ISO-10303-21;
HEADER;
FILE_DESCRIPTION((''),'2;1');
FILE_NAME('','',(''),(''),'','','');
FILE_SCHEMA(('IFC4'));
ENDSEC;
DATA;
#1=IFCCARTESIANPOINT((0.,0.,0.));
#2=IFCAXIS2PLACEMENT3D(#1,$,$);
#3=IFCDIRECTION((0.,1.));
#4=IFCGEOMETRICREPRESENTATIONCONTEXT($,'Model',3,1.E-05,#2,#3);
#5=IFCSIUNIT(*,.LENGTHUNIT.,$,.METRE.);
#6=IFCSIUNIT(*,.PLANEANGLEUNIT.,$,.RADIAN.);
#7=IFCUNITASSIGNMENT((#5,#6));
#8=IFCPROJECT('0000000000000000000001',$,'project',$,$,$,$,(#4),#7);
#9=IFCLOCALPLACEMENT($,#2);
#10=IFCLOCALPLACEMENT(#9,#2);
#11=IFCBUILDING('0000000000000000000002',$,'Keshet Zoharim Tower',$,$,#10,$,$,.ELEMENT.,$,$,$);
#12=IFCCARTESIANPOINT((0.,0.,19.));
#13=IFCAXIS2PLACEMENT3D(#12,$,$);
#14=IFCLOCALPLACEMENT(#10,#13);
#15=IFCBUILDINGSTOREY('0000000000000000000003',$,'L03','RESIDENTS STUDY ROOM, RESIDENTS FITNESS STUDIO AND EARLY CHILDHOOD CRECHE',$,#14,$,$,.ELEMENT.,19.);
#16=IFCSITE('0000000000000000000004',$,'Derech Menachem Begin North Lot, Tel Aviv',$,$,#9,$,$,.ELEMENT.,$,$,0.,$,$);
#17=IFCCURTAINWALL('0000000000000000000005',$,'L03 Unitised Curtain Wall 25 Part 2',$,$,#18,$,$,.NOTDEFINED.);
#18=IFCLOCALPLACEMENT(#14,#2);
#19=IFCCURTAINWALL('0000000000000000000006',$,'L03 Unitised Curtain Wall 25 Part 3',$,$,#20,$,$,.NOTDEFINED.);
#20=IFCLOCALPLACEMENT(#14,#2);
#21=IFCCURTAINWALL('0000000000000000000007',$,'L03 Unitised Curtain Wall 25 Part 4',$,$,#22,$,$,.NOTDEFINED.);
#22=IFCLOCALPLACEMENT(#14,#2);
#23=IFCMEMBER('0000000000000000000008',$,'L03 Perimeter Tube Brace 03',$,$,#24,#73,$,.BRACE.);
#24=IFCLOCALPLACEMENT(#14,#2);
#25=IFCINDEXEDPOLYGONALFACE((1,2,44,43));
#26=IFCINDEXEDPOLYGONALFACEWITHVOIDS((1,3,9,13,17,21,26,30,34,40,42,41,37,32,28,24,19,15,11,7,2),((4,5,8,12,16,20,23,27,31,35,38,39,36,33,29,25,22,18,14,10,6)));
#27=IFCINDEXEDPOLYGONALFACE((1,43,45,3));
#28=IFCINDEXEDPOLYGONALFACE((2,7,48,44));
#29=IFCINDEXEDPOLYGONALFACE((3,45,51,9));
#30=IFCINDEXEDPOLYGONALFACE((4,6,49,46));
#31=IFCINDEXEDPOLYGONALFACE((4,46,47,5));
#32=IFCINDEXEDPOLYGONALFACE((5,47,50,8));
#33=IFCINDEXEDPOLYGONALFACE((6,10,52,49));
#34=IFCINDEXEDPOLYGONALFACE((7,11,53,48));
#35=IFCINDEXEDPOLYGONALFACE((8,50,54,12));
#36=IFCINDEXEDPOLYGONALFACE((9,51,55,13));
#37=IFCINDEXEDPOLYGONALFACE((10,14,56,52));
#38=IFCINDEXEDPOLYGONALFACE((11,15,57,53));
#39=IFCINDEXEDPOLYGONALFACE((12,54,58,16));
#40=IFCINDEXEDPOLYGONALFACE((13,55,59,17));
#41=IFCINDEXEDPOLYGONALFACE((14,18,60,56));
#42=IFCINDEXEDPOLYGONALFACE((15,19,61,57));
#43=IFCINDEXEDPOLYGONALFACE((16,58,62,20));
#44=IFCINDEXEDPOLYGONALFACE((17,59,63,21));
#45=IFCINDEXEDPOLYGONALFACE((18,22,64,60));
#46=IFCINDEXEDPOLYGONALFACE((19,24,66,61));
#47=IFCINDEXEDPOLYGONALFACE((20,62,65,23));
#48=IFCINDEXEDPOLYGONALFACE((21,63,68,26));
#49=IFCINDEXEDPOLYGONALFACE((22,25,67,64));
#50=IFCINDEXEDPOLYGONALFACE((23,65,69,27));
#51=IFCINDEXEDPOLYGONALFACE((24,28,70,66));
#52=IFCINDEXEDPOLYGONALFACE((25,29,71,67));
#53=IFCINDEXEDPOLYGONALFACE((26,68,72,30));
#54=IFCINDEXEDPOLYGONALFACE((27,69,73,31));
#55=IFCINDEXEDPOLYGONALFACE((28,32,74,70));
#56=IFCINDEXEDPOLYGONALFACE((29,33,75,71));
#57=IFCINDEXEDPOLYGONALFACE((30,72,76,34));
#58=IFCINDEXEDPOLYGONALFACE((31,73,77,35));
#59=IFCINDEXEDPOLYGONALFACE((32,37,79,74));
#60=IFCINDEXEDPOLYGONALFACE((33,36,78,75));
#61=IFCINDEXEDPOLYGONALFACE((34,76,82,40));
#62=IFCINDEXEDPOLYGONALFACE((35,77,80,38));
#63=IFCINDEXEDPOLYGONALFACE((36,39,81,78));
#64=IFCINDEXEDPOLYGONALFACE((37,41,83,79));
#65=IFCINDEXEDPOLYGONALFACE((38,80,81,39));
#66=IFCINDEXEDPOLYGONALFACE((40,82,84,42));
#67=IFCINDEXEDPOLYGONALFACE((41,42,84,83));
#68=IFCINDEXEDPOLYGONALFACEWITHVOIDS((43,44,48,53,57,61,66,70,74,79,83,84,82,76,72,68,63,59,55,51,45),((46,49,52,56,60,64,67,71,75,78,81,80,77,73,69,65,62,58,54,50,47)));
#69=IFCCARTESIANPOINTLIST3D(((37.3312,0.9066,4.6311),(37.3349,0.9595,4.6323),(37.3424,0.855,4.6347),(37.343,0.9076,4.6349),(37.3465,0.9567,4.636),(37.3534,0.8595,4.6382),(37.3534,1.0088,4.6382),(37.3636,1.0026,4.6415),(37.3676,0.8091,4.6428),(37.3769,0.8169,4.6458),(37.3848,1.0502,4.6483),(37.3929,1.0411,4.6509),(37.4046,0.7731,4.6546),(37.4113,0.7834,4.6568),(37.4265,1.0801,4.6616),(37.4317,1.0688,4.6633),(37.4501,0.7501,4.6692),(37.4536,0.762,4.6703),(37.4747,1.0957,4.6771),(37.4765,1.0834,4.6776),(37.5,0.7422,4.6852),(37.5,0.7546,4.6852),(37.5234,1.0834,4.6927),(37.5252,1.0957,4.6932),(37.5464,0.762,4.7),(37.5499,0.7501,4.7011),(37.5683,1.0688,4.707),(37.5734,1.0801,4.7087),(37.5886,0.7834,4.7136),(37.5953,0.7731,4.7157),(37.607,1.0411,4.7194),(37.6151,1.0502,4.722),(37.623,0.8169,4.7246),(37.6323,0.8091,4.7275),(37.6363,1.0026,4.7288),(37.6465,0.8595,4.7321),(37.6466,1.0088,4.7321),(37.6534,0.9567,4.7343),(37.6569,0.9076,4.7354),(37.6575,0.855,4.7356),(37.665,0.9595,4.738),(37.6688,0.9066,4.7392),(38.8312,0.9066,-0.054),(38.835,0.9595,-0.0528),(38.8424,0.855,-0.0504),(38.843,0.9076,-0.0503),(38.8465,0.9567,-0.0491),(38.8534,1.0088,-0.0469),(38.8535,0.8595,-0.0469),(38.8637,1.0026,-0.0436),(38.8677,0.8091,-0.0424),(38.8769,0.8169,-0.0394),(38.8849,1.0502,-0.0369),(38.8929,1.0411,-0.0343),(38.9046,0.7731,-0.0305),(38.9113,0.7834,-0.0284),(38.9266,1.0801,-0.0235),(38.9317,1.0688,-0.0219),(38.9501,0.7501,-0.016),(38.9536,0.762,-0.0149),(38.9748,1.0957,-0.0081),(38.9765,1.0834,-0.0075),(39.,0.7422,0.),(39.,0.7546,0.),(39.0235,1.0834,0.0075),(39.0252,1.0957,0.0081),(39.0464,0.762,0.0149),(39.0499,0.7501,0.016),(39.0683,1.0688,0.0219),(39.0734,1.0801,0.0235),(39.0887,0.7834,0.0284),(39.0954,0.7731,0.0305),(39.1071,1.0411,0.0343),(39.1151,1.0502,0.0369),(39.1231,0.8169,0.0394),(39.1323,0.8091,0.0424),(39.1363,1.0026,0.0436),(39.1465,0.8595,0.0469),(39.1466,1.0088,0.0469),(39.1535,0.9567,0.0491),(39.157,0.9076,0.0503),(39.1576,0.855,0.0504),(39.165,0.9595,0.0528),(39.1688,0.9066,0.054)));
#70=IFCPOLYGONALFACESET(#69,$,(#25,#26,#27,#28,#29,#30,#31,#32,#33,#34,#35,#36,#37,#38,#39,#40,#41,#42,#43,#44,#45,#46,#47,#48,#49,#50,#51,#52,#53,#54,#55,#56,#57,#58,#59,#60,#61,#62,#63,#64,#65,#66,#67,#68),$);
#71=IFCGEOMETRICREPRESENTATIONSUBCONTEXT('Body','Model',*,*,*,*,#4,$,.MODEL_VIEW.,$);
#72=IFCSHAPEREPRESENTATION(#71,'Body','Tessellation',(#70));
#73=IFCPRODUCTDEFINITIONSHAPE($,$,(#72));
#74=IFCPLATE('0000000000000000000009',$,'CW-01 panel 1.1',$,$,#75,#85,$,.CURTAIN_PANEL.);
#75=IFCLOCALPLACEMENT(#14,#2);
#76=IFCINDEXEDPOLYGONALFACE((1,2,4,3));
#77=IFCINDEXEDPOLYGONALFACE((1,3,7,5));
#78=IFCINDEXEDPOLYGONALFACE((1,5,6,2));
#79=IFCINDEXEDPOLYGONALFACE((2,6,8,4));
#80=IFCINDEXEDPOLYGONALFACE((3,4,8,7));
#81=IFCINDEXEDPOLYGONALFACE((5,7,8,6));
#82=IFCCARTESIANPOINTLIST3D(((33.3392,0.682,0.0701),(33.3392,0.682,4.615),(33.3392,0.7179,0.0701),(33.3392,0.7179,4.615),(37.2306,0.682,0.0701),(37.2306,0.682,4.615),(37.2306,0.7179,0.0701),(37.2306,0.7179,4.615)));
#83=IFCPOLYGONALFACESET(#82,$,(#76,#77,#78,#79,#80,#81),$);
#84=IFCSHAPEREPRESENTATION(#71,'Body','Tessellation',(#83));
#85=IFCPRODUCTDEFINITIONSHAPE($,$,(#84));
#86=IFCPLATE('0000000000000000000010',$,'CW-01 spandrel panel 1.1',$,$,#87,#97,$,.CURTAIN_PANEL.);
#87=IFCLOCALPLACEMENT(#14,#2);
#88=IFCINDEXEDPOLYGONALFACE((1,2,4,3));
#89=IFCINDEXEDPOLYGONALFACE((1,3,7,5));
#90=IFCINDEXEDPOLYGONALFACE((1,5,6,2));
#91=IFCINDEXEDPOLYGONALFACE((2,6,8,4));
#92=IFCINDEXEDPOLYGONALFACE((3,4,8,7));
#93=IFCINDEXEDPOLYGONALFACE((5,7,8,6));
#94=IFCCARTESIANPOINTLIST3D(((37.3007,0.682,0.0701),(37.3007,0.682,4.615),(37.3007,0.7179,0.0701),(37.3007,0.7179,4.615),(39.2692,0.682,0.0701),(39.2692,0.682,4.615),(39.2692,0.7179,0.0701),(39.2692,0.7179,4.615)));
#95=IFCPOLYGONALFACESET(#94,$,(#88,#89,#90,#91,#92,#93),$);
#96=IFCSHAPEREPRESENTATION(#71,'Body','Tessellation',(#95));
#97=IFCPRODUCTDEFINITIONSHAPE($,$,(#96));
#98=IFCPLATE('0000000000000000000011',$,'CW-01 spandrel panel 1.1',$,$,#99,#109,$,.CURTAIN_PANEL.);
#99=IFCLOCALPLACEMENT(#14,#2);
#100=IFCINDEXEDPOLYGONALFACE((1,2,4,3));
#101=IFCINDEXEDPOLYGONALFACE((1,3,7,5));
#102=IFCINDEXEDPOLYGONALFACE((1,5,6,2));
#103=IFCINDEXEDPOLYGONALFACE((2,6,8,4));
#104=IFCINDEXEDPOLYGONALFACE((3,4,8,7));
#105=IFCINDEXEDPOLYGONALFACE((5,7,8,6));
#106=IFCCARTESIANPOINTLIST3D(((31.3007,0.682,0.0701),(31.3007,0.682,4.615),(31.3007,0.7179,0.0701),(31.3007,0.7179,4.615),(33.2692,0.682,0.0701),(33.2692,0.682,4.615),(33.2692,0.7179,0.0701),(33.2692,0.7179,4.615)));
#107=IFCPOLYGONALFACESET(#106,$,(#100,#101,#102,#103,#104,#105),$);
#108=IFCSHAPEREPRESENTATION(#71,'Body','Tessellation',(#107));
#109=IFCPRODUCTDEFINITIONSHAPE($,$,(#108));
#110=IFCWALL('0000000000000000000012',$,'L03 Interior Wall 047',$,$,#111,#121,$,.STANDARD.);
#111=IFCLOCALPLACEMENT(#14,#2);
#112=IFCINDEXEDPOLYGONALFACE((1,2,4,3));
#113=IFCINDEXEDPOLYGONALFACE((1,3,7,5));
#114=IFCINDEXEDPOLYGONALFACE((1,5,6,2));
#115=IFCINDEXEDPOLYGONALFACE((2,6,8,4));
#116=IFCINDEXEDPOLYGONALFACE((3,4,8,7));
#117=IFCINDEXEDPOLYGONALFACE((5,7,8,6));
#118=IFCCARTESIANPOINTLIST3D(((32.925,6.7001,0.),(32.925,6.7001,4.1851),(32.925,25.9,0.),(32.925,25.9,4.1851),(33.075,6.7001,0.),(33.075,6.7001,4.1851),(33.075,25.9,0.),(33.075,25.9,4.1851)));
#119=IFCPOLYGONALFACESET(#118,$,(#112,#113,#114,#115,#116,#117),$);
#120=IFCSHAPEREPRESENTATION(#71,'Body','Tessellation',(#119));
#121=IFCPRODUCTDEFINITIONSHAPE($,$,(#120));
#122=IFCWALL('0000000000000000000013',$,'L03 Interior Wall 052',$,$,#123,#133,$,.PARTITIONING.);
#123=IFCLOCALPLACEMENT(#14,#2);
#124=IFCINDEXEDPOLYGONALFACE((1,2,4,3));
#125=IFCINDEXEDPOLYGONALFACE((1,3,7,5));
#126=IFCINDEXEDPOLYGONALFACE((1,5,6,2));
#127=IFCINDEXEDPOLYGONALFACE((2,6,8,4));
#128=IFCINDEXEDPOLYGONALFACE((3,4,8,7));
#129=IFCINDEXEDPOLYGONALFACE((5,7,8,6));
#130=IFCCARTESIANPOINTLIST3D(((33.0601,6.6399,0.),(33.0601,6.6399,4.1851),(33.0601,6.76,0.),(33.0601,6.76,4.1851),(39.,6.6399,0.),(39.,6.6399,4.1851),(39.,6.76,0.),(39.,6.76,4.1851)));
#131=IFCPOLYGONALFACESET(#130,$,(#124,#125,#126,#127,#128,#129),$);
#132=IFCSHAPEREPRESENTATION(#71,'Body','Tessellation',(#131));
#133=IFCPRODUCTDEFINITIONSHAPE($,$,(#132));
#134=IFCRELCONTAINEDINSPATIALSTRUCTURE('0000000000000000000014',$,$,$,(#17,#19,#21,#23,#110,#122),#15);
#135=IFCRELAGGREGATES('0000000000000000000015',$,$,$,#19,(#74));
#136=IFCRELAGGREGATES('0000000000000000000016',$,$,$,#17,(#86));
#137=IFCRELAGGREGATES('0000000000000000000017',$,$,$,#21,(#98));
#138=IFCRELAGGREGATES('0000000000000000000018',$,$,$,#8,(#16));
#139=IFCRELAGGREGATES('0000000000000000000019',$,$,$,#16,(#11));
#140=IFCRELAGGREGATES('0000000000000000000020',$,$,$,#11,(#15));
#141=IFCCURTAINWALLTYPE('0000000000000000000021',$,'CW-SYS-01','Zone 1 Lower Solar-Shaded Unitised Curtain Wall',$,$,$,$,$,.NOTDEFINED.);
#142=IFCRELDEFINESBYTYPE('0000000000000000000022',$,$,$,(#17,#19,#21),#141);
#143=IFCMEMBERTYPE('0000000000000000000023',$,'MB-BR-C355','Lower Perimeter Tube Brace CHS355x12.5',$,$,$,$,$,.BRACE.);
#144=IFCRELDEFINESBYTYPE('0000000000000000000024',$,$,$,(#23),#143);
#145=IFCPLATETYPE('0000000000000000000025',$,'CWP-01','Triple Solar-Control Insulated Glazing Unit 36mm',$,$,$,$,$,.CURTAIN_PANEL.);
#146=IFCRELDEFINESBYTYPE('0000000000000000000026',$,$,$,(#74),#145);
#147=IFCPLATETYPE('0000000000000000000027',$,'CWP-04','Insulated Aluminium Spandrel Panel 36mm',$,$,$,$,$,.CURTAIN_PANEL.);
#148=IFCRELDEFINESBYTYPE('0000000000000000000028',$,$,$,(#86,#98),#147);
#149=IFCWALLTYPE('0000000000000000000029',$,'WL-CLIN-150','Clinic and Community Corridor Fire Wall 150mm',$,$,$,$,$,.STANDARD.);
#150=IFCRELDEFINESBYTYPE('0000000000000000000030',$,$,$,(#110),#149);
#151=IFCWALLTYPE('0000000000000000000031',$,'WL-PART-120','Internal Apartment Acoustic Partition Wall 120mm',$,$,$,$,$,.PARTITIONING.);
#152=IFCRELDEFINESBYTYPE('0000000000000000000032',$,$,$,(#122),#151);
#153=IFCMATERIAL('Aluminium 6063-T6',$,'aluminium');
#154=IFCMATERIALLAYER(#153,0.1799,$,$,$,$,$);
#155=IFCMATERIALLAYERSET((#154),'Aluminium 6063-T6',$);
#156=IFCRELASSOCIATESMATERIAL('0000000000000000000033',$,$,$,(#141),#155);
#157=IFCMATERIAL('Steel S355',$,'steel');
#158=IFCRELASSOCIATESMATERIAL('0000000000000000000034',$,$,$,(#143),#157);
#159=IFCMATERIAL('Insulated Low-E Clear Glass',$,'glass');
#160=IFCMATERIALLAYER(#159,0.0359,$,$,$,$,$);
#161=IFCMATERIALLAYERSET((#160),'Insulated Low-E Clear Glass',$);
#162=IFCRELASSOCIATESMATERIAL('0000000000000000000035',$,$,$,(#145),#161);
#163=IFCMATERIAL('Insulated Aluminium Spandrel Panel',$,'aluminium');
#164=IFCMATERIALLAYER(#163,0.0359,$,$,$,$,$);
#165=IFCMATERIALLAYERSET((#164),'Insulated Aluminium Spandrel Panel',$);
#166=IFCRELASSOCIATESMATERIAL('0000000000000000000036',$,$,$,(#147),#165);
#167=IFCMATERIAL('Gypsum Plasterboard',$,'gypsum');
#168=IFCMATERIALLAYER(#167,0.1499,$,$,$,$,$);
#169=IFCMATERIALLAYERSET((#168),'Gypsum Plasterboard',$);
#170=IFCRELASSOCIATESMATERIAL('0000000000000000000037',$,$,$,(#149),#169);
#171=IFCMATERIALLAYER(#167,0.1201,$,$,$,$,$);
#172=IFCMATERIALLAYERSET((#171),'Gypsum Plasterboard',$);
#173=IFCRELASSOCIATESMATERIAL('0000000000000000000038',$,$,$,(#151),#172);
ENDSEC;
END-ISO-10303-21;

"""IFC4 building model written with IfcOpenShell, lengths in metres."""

from ifc_helpers import new_model, si_unit, direction, frame, frame_2d, origin, origin_2d, place, context, subcontext, project, spatial, rectangle, hollow_circle, extrude, material, layer, layer_set, material_profile, profile_set, type_object, element, aggregate, save


model = new_model("IFC4")

# Units and contexts
model_context = context("Model", 3, precision=1e-05, world=origin(), true_north=direction((0.0, 1.0)))
body_context = subcontext(model_context, "Body", "Model", "MODEL_VIEW")
ifc_project = project(units=[si_unit("LENGTHUNIT", "METRE"), si_unit("PLANEANGLEUNIT", "RADIAN")], contexts=[model_context])

# Site, building, storey
site_placement = place(None, origin())
site = spatial("IfcSite", under=ifc_project, at=site_placement, Name="Derech Menachem Begin North Lot, Tel Aviv", CompositionType="ELEMENT", RefElevation=0.0)
building_placement = place(site_placement, origin())
building = spatial("IfcBuilding", under=site, at=building_placement, Name="Keshet Zoharim Tower", CompositionType="ELEMENT")
storey_placement = place(building_placement, frame((0.0, 0.0, 19.0)))
storey = spatial("IfcBuildingStorey", under=building, at=storey_placement, Name="L03", Description="RESIDENTS STUDY ROOM, RESIDENTS FITNESS STUDIO AND EARLY CHILDHOOD CRECHE", CompositionType="ELEMENT", Elevation=19.0)

# Shared definitions
ifc_material_1 = material(Name="Steel S355", Category="steel")

# Curtain walls
ifc_material_2 = material(Name="Aluminium 6063-T6", Category="aluminium")
ifc_layer_1 = layer(ifc_material_2, 0.1799)
ifc_layer_set_1 = layer_set([ifc_layer_1], Name="Aluminium 6063-T6")
curtain_wall_type = type_object("IfcCurtainWallType", Name="CW-SYS-01", Description="Zone 1 Lower Solar-Shaded Unitised Curtain Wall", PredefinedType="NOTDEFINED", material=ifc_layer_set_1)
curtain_wall_1_placement = place(storey_placement, origin())
curtain_wall_1 = element("IfcCurtainWall", 1, at=curtain_wall_1_placement, inside=storey, type_object=curtain_wall_type, Name="L03 Unitised Curtain Wall 25 Part 2", PredefinedType="NOTDEFINED")
curtain_wall_2_placement = place(storey_placement, origin())
curtain_wall_2 = element("IfcCurtainWall", 2, at=curtain_wall_2_placement, inside=storey, type_object=curtain_wall_type, Name="L03 Unitised Curtain Wall 25 Part 3", PredefinedType="NOTDEFINED")
curtain_wall_3_placement = place(storey_placement, origin())
curtain_wall_3 = element("IfcCurtainWall", 3, at=curtain_wall_3_placement, inside=storey, type_object=curtain_wall_type, Name="L03 Unitised Curtain Wall 25 Part 4", PredefinedType="NOTDEFINED")

# Member
ifc_material_profile_1 = material_profile(ifc_material_1, hollow_circle(Radius=0.1777, WallThickness=0.0125, at=origin_2d()), Name="CHS355x12.5")
ifc_profile_set_1 = profile_set([ifc_material_profile_1], Name="Steel S355")
member_type_1 = type_object("IfcMemberType", Name="MB-BR-C355", Description="Lower Perimeter Tube Brace CHS355x12.5", PredefinedType="BRACE", material=ifc_profile_set_1)
for number, where, z_axis, x_axis, name in (
    (4, (39.0, 0.9199, 0.0), (-0.30492, 0.0, 0.952378), (0.0, -1.0, 0.0), "L03 Perimeter Tube Brace 03"),
):
    element("IfcMember", number, at=place(storey_placement, frame(where, z_axis=z_axis, x_axis=x_axis)), inside=storey, type_object=member_type_1, Name=name, PredefinedType="BRACE", context=body_context, shape_type="SweptSolid", body=[
        extrude(hollow_circle(Radius=0.1777, WallThickness=0.0125, at=origin_2d()), origin(), (0.0, 0.0, 1.0), 4.9194),
    ])

# Plates
ifc_material_3 = material(Name="Insulated Low-E Clear Glass", Category="glass")
ifc_layer_2 = layer(ifc_material_3, 0.0359)
ifc_layer_set_2 = layer_set([ifc_layer_2], Name="Insulated Low-E Clear Glass")
plate_type_1 = type_object("IfcPlateType", Name="CWP-01", Description="Triple Solar-Control Insulated Glazing Unit 36mm", PredefinedType="CURTAIN_PANEL", material=ifc_layer_set_2)
plate_1_placement = place(storey_placement, frame((35.2849, 0.7, 0.0701), z_axis=(0.0, 0.0, 1.0), x_axis=(-1.0, 0.0, 0.0)))
plate_1 = element("IfcPlate", 5, at=plate_1_placement, type_object=plate_type_1, Name="CW-01 panel 1.1", PredefinedType="CURTAIN_PANEL", context=body_context, shape_type="SweptSolid", body=[
    extrude(rectangle(XDim=3.8914, YDim=0.0359, at=origin_2d()), origin(), (0.0, 0.0, 1.0), 4.5449),
])
aggregate(curtain_wall_2, [plate_1])
ifc_material_4 = material(Name="Insulated Aluminium Spandrel Panel", Category="aluminium")
ifc_layer_3 = layer(ifc_material_4, 0.0359)
ifc_layer_set_3 = layer_set([ifc_layer_3], Name="Insulated Aluminium Spandrel Panel")
plate_type_2 = type_object("IfcPlateType", Name="CWP-04", Description="Insulated Aluminium Spandrel Panel 36mm", PredefinedType="CURTAIN_PANEL", material=ifc_layer_set_3)
plate_2_placement = place(storey_placement, frame((38.2849, 0.7, 0.0701), z_axis=(0.0, 0.0, 1.0), x_axis=(-1.0, 0.0, 0.0)))
plate_2 = element("IfcPlate", 6, at=plate_2_placement, type_object=plate_type_2, Name="CW-01 spandrel panel 1.1", PredefinedType="CURTAIN_PANEL", context=body_context, shape_type="SweptSolid", body=[
    extrude(rectangle(XDim=1.9685, YDim=0.0359, at=origin_2d()), origin(), (0.0, 0.0, 1.0), 4.5449),
])
aggregate(curtain_wall_1, [plate_2])
plate_3_placement = place(storey_placement, frame((32.2849, 0.7, 0.0701), z_axis=(0.0, 0.0, 1.0), x_axis=(-1.0, 0.0, 0.0)))
plate_3 = element("IfcPlate", 7, at=plate_3_placement, type_object=plate_type_2, Name="CW-01 spandrel panel 1.1", PredefinedType="CURTAIN_PANEL", context=body_context, shape_type="SweptSolid", body=[
    extrude(rectangle(XDim=1.9685, YDim=0.0359, at=origin_2d()), origin(), (0.0, 0.0, 1.0), 4.5449),
])
aggregate(curtain_wall_3, [plate_3])

# Walls
ifc_material_5 = material(Name="Gypsum Plasterboard", Category="gypsum")
ifc_layer_4 = layer(ifc_material_5, 0.1499)
ifc_layer_set_4 = layer_set([ifc_layer_4], Name="Gypsum Plasterboard")
wall_type_1 = type_object("IfcWallType", Name="WL-CLIN-150", Description="Clinic and Community Corridor Fire Wall 150mm", PredefinedType="STANDARD", material=ifc_layer_set_4)
wall_1_placement = place(storey_placement, frame((33.0, 6.7, 0.0), z_axis=(0.0, 0.0, 1.0), x_axis=(0.0, 1.0, 0.0)))
element("IfcWall", 8, at=wall_1_placement, inside=storey, type_object=wall_type_1, Name="L03 Interior Wall 047", PredefinedType="STANDARD", context=body_context, shape_type="SweptSolid", body=[
    extrude(rectangle(XDim=19.2, YDim=0.1499, at=frame_2d((9.6001, 0.0))), origin(), (0.0, 0.0, 1.0), 4.1851),
])
ifc_layer_5 = layer(ifc_material_5, 0.1201)
ifc_layer_set_5 = layer_set([ifc_layer_5], Name="Gypsum Plasterboard")
wall_type_2 = type_object("IfcWallType", Name="WL-PART-120", Description="Internal Apartment Acoustic Partition Wall 120mm", PredefinedType="PARTITIONING", material=ifc_layer_set_5)
wall_2_placement = place(storey_placement, frame((33.0601, 6.7, 0.0), z_axis=(0.0, 0.0, 1.0), x_axis=(1.0, 0.0, 0.0)))
element("IfcWall", 9, at=wall_2_placement, inside=storey, type_object=wall_type_2, Name="L03 Interior Wall 052", PredefinedType="PARTITIONING", context=body_context, shape_type="SweptSolid", body=[
    extrude(rectangle(XDim=5.9399, YDim=0.1201, at=frame_2d((2.97, 0.0))), origin(), (0.0, 0.0, 1.0), 4.1851),
])

save(model, "model.ifc")
